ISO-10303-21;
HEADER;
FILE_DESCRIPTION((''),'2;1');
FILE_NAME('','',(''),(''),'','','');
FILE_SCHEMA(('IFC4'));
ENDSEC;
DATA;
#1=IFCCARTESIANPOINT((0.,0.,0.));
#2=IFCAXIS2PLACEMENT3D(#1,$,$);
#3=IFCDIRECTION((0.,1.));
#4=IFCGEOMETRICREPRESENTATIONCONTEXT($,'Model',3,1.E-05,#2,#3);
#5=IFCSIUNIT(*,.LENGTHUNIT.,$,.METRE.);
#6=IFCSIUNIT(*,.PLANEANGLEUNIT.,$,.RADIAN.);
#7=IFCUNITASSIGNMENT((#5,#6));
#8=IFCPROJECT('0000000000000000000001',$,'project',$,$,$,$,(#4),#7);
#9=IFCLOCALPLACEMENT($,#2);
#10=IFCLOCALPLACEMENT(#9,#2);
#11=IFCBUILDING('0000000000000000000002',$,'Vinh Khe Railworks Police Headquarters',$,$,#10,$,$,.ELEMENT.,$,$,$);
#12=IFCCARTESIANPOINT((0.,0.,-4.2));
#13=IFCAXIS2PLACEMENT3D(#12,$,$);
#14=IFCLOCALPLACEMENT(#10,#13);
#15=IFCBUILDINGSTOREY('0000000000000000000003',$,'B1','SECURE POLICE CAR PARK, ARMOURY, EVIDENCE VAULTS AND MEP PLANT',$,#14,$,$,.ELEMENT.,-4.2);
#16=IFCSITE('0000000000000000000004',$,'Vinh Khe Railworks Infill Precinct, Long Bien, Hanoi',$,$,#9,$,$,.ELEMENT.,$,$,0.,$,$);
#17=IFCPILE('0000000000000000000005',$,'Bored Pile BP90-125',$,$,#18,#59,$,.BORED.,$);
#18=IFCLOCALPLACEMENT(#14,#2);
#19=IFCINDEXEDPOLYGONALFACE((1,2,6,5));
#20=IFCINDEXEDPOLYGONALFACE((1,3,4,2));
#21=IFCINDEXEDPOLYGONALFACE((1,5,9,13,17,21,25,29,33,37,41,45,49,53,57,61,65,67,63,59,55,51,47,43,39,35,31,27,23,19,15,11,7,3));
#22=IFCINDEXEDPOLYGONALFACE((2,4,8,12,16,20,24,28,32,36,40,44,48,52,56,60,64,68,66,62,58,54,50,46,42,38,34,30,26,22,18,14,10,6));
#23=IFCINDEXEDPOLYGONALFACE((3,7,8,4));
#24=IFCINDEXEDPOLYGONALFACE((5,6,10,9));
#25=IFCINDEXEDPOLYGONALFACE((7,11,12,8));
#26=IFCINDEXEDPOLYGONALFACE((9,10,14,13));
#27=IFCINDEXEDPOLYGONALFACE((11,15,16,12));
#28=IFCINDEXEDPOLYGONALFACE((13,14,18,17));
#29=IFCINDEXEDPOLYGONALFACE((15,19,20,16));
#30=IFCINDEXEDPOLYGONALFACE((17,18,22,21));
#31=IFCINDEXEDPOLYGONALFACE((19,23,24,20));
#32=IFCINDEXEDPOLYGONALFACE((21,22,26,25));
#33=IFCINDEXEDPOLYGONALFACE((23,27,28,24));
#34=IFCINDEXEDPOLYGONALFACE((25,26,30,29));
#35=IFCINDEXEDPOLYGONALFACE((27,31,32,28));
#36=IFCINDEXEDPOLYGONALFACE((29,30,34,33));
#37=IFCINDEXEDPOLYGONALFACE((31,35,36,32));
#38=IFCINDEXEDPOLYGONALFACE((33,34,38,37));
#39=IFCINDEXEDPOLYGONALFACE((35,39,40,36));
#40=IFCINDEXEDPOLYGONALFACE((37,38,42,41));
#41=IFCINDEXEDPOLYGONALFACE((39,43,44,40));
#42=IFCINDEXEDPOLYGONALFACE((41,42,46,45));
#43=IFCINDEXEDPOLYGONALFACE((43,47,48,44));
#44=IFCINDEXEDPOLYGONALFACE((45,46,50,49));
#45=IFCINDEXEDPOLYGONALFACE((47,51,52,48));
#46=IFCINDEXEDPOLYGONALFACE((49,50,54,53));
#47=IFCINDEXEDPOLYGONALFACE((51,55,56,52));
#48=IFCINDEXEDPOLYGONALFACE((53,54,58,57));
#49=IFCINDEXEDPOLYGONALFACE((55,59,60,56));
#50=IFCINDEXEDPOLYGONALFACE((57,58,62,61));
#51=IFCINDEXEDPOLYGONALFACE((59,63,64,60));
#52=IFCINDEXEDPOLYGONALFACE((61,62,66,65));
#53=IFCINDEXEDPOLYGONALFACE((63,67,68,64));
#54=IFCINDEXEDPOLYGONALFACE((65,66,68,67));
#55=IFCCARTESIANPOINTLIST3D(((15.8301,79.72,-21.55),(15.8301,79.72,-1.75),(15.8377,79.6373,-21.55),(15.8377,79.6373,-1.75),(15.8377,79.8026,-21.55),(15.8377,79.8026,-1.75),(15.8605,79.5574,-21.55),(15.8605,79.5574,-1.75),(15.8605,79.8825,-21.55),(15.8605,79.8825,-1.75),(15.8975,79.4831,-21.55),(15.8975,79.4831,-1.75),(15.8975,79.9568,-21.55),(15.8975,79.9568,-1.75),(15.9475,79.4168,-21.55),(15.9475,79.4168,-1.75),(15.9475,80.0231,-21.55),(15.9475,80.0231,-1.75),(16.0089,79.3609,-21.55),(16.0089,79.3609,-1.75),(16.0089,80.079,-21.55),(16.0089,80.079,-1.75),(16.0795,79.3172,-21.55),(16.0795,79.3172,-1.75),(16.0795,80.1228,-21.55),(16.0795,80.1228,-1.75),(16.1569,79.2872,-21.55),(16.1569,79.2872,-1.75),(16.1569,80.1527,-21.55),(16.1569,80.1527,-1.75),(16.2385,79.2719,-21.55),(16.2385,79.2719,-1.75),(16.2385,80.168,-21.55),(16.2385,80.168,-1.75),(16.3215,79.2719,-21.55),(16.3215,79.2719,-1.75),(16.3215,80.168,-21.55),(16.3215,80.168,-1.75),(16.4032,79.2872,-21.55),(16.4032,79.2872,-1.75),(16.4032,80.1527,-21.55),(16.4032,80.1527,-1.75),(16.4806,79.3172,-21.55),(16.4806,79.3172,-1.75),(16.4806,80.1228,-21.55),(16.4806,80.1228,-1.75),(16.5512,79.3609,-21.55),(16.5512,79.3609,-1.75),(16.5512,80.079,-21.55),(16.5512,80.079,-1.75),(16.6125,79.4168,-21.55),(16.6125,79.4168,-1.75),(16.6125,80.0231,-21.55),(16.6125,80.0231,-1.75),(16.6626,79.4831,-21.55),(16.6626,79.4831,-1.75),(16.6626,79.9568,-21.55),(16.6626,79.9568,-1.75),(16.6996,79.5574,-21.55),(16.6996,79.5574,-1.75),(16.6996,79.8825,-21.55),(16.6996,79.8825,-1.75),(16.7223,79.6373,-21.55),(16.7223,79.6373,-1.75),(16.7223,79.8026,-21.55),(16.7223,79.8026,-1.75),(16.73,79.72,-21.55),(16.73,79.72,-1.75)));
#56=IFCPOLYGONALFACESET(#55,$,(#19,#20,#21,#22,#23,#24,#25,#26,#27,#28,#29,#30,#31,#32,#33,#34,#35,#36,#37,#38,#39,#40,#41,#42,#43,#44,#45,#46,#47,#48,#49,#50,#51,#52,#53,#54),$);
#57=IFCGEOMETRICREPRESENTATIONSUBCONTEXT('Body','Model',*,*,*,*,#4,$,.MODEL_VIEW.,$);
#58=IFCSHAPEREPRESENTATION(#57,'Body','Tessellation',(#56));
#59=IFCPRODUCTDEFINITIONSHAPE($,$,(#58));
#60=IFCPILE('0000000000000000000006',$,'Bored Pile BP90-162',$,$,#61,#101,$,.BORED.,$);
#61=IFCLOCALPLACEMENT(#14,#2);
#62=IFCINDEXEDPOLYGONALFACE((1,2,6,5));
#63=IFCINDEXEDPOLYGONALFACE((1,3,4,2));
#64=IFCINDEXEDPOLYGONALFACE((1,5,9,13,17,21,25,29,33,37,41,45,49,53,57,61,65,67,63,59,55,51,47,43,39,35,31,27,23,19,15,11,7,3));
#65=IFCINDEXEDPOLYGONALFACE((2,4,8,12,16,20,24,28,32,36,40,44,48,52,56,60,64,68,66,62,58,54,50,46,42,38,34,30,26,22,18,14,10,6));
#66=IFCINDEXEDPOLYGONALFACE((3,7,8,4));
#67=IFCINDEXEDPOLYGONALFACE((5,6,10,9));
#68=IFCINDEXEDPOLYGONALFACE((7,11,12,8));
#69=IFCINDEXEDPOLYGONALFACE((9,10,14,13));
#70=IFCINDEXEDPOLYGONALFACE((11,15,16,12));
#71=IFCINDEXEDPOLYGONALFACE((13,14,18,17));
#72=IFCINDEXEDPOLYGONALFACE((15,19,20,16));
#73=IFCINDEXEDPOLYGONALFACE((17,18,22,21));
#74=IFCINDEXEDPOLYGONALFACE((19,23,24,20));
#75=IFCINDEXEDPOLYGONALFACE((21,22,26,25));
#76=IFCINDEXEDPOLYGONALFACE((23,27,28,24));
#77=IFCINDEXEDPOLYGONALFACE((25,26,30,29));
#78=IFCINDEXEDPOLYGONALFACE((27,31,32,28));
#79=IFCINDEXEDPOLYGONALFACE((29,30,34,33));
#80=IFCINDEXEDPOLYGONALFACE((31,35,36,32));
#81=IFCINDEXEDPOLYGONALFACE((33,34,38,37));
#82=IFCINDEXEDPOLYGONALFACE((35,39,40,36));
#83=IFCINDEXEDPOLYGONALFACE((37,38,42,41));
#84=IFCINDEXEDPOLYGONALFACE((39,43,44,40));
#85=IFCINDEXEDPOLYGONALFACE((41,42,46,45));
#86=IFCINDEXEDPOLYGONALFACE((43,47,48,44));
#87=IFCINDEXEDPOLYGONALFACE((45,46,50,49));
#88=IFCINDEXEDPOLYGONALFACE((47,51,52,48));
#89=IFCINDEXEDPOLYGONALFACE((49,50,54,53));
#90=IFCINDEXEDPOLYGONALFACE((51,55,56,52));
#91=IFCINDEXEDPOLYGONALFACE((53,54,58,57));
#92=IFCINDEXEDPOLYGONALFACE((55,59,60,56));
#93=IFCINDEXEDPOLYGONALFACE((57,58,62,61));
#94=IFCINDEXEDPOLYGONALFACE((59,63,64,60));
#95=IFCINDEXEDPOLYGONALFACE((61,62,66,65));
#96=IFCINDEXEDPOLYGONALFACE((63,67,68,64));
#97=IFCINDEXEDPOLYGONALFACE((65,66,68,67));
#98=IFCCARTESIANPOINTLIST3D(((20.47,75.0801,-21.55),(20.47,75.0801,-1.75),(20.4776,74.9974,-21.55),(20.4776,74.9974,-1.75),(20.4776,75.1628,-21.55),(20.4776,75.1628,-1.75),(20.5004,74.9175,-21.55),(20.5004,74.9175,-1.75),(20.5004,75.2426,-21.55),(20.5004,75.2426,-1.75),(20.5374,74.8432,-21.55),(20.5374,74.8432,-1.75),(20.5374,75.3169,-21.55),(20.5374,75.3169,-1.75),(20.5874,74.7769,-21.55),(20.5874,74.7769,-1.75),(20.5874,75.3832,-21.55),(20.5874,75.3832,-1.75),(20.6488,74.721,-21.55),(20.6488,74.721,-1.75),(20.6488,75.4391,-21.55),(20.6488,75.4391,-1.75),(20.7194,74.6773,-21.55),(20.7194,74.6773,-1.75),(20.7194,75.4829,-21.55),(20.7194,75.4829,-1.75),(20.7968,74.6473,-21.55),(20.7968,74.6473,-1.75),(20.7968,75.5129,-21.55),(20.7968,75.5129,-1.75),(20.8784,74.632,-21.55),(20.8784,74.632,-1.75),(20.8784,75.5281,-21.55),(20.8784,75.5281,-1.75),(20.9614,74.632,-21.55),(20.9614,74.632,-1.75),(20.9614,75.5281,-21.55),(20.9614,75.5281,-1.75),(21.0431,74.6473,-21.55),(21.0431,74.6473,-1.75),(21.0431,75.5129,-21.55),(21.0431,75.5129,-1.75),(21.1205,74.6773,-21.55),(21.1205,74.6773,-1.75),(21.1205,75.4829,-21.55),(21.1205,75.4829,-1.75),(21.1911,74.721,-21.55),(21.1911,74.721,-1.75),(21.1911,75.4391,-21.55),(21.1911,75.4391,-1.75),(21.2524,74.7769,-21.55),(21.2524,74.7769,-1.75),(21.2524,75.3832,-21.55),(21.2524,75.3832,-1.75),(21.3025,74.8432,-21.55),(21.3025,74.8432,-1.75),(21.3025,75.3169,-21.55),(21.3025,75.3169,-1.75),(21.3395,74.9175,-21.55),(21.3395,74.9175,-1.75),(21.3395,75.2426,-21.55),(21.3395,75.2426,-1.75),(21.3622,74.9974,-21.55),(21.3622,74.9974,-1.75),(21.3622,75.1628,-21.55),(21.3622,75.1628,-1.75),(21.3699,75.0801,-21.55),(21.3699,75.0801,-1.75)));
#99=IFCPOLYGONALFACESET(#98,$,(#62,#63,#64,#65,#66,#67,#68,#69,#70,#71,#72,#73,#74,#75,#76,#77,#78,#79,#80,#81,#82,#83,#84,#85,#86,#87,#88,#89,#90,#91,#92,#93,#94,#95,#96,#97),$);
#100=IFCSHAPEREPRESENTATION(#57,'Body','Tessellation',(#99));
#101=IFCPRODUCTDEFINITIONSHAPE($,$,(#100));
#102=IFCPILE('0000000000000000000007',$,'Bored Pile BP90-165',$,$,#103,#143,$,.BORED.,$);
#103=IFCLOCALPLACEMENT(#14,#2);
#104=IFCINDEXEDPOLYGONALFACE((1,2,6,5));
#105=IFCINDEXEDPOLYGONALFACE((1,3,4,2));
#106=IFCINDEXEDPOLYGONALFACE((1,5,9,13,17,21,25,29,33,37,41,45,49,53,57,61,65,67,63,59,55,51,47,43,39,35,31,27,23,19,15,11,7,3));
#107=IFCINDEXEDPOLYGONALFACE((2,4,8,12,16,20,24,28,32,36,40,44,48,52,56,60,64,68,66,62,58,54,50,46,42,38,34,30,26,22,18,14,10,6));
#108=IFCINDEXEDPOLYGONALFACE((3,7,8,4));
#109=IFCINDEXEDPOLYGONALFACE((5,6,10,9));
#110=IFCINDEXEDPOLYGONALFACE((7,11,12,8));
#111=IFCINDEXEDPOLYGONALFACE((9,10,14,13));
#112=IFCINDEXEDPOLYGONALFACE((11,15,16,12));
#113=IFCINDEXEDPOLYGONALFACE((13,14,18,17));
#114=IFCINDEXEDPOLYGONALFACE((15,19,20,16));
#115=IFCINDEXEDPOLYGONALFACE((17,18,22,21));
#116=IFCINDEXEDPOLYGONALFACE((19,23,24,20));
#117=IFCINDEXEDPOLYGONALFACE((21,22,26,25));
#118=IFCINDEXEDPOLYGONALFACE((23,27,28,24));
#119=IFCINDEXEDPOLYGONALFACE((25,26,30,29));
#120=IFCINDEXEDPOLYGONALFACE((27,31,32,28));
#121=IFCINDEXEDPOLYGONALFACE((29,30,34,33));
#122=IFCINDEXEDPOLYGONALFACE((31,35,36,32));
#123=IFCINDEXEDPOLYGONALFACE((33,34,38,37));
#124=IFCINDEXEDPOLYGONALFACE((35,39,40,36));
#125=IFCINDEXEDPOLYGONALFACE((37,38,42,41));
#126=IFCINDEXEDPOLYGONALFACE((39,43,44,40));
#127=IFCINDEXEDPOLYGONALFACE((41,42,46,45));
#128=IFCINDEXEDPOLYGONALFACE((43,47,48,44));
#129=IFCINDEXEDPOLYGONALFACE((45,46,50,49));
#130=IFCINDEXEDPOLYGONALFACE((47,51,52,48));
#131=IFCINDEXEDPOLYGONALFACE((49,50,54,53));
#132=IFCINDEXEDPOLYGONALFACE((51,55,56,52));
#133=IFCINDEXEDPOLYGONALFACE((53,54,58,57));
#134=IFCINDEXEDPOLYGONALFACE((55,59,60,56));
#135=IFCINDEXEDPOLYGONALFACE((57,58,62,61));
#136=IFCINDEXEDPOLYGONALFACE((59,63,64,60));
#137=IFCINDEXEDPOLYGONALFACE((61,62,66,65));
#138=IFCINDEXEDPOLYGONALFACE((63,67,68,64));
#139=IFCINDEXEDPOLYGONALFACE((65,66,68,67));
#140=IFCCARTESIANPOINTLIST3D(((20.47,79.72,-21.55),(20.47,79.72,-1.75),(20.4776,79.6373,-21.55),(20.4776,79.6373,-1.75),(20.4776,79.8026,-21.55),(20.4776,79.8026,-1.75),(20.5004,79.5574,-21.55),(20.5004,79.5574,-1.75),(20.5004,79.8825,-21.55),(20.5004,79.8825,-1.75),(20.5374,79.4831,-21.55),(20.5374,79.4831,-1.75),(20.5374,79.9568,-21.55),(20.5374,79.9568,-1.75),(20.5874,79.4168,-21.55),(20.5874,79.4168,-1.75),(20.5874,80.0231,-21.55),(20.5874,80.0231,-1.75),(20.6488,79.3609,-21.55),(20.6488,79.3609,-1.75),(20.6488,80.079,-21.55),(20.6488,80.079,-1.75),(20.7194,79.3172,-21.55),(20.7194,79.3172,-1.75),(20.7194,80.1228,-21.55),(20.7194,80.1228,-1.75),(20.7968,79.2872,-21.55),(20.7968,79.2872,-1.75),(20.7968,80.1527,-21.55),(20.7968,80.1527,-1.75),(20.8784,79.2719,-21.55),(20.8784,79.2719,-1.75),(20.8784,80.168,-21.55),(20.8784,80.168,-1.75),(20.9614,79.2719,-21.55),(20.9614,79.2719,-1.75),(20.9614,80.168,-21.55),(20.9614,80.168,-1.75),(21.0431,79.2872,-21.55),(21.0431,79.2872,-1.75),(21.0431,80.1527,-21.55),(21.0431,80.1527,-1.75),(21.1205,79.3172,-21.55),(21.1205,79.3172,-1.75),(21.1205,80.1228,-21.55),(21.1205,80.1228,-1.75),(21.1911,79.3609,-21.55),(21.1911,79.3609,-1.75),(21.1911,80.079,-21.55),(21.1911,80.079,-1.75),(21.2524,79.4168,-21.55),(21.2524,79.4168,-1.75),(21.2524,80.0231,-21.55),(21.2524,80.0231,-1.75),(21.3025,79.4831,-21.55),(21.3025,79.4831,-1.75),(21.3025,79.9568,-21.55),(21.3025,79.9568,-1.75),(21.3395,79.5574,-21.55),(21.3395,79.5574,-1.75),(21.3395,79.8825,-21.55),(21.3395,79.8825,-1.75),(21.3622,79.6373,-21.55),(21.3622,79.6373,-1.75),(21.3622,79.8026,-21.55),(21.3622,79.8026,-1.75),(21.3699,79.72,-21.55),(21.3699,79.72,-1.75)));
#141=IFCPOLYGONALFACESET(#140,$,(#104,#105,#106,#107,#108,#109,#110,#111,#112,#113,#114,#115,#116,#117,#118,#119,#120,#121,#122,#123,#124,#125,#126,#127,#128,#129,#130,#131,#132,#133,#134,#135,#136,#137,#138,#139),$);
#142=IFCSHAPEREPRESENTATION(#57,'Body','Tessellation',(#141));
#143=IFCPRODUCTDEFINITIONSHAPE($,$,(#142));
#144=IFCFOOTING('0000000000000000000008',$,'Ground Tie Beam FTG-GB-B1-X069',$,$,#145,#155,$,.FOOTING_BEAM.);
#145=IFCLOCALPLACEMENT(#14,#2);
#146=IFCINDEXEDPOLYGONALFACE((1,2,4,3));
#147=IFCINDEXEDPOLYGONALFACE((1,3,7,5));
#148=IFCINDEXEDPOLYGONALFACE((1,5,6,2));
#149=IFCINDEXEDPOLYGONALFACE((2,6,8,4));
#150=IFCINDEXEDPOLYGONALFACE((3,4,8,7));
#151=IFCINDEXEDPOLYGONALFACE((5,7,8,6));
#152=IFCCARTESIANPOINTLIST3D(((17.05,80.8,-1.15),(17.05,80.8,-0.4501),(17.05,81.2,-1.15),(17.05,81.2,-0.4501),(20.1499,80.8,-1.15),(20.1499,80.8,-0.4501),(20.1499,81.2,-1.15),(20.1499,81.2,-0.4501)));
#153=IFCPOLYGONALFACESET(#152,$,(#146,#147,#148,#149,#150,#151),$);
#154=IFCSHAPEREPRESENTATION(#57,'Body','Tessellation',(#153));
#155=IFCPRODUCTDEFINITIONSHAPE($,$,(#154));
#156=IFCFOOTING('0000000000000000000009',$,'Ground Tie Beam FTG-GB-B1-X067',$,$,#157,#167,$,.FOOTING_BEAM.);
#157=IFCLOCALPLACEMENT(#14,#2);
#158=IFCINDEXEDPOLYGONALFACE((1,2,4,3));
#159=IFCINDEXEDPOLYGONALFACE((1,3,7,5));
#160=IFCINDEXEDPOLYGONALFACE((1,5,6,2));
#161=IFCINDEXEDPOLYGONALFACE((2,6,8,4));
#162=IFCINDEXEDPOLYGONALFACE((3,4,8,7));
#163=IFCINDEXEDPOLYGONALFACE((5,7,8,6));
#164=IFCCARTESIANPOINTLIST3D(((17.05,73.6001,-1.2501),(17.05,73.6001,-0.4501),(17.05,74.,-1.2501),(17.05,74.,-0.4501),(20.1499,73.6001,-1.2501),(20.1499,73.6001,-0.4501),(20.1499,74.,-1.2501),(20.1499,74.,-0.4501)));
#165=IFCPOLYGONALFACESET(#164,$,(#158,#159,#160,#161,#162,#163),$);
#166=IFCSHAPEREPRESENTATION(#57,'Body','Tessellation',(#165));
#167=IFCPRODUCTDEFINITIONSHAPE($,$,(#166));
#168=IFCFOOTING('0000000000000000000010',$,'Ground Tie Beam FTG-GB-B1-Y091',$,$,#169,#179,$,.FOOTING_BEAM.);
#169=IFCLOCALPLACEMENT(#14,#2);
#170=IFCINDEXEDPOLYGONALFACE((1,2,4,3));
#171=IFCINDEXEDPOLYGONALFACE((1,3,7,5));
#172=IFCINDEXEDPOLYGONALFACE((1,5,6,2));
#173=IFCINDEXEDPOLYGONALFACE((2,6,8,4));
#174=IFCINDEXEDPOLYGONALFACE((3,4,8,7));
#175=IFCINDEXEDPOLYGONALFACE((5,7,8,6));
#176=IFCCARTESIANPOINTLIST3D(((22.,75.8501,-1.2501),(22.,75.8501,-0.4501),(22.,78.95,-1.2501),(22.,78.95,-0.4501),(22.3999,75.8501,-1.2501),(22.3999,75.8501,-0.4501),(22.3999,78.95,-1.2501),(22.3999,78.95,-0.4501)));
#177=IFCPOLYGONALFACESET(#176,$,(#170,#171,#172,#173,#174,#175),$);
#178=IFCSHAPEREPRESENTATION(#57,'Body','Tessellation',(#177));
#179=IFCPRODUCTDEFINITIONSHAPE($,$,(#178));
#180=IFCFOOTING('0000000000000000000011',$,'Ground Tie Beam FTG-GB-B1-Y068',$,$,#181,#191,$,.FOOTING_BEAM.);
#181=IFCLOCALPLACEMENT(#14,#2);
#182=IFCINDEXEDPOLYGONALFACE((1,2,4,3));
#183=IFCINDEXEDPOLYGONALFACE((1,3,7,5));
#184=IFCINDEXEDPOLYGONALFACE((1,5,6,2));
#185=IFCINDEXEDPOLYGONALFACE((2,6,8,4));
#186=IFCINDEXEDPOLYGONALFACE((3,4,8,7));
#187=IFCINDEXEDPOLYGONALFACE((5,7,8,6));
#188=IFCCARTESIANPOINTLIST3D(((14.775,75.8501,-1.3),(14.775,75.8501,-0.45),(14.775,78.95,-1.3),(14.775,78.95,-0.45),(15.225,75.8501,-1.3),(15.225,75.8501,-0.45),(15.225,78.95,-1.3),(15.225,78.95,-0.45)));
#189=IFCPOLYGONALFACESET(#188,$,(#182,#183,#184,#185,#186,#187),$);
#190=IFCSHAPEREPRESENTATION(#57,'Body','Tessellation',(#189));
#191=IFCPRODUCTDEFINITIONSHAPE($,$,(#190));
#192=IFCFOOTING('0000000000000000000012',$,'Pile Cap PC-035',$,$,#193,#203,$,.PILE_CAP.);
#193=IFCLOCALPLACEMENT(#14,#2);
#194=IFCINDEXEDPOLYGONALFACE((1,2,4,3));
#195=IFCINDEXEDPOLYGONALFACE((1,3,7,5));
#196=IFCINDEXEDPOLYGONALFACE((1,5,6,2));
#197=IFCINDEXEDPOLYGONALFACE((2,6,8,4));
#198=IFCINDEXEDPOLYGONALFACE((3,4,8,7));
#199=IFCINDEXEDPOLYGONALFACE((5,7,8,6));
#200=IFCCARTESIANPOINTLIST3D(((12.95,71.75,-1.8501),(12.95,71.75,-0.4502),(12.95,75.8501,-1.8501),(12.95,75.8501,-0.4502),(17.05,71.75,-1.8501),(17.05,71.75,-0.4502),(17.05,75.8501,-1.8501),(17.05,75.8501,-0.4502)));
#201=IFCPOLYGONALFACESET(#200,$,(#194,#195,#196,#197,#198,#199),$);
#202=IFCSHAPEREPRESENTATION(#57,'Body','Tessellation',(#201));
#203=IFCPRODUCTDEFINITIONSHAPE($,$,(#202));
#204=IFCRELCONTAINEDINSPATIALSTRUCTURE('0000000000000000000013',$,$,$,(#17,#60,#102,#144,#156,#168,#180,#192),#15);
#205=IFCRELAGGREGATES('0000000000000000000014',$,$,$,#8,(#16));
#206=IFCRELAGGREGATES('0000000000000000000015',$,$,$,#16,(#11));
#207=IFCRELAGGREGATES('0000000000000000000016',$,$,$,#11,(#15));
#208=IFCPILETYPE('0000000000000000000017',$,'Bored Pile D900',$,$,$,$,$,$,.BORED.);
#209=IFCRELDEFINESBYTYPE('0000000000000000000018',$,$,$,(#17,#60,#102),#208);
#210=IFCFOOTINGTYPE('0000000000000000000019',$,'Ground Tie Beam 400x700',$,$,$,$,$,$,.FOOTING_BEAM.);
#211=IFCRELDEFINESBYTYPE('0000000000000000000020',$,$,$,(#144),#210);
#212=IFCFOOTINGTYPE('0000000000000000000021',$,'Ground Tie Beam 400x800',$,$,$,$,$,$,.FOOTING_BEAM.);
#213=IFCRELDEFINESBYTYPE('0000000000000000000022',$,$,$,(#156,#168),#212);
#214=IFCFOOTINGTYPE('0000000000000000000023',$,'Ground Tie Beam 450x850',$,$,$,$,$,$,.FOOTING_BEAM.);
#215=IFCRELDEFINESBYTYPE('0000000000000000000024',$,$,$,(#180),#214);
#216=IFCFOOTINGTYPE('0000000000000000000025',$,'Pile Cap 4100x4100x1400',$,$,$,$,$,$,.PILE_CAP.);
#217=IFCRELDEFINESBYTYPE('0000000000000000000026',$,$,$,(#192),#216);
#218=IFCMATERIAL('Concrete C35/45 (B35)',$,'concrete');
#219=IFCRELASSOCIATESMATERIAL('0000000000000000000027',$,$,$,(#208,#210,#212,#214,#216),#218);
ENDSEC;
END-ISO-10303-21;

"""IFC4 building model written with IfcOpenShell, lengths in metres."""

from ifc_helpers import new_model, si_unit, direction, frame, origin, origin_2d, place, context, subcontext, project, spatial, rectangle, circle, extrude, material, material_profile, profile_set, type_object, element, save


model = new_model("IFC4")

# Units and contexts
model_context = context("Model", 3, precision=1e-05, world=origin(), true_north=direction((0.0, 1.0)))
body_context = subcontext(model_context, "Body", "Model", "MODEL_VIEW")
ifc_project = project(units=[si_unit("LENGTHUNIT", "METRE"), si_unit("PLANEANGLEUNIT", "RADIAN")], contexts=[model_context])

# Site, building, storey
site_placement = place(None, origin())
site = spatial("IfcSite", under=ifc_project, at=site_placement, Name="Vinh Khe Railworks Infill Precinct, Long Bien, Hanoi", CompositionType="ELEMENT", RefElevation=0.0)
building_placement = place(site_placement, origin())
building = spatial("IfcBuilding", under=site, at=building_placement, Name="Vinh Khe Railworks Police Headquarters", CompositionType="ELEMENT")
storey_placement = place(building_placement, frame((0.0, 0.0, -4.2)))
storey = spatial("IfcBuildingStorey", under=building, at=storey_placement, Name="B1", Description="SECURE POLICE CAR PARK, ARMOURY, EVIDENCE VAULTS AND MEP PLANT", CompositionType="ELEMENT", Elevation=-4.2)

# Piles
ifc_material_1 = material(Name="Concrete C35/45 (B35)", Category="concrete")
ifc_material_profile_1 = material_profile(ifc_material_1, circle(Radius=0.45, at=origin_2d()), Name="BORED PILE D900")
ifc_profile_set_1 = profile_set([ifc_material_profile_1], Name="Concrete C35/45 (B35)")
pile_type = type_object("IfcPileType", Name="Bored Pile D900", PredefinedType="BORED", material=ifc_profile_set_1)
for number, where, z_axis, x_axis, name in (
    (1, (16.28, 79.72, -1.75), (0.0, 0.0, -1.0), (1.0, 0.0, 0.0), "Bored Pile BP90-125"),
    (2, (20.9199, 75.0801, -1.75), (0.0, 0.0, -1.0), (1.0, 0.0, 0.0), "Bored Pile BP90-162"),
    (3, (20.9199, 79.72, -1.75), (0.0, 0.0, -1.0), (1.0, 0.0, 0.0), "Bored Pile BP90-165"),
):
    element("IfcPile", number, at=place(storey_placement, frame(where, z_axis=z_axis, x_axis=x_axis)), inside=storey, type_object=pile_type, Name=name, PredefinedType="BORED", context=body_context, shape_type="SweptSolid", body=[
        extrude(circle(Radius=0.45, at=origin_2d()), origin(), (0.0, 0.0, 1.0), 19.8),
    ])

# Footings
ifc_material_profile_2 = material_profile(ifc_material_1, rectangle(XDim=0.3999, YDim=0.7, at=origin_2d()), Name="RC 400x700")
ifc_profile_set_2 = profile_set([ifc_material_profile_2], Name="Concrete C35/45 (B35)")
footing_type_1 = type_object("IfcFootingType", Name="Ground Tie Beam 400x700", PredefinedType="FOOTING_BEAM", material=ifc_profile_set_2)
footing_1_placement = place(storey_placement, frame((17.05, 81.0, -0.8), z_axis=(1.0, 0.0, 0.0), x_axis=(0.0, 1.0, 0.0)))
element("IfcFooting", 4, at=footing_1_placement, inside=storey, type_object=footing_type_1, Name="Ground Tie Beam FTG-GB-B1-X069", PredefinedType="FOOTING_BEAM", context=body_context, shape_type="SweptSolid", body=[
    extrude(rectangle(XDim=0.3999, YDim=0.7, at=origin_2d()), origin(), (0.0, 0.0, 1.0), 3.0999),
])
ifc_material_profile_3 = material_profile(ifc_material_1, rectangle(XDim=0.3999, YDim=0.8, at=origin_2d()), Name="RC 400x800")
ifc_profile_set_3 = profile_set([ifc_material_profile_3], Name="Concrete C35/45 (B35)")
footing_type_2 = type_object("IfcFootingType", Name="Ground Tie Beam 400x800", PredefinedType="FOOTING_BEAM", material=ifc_profile_set_3)
for number, where, z_axis, x_axis, name in (
    (5, (17.05, 73.8, -0.8501), (1.0, 0.0, 0.0), (0.0, 1.0, 0.0), "Ground Tie Beam FTG-GB-B1-X067"),
    (6, (22.2, 75.8501, -0.8501), (0.0, 1.0, 0.0), (-1.0, 0.0, 0.0), "Ground Tie Beam FTG-GB-B1-Y091"),
):
    element("IfcFooting", number, at=place(storey_placement, frame(where, z_axis=z_axis, x_axis=x_axis)), inside=storey, type_object=footing_type_2, Name=name, PredefinedType="FOOTING_BEAM", context=body_context, shape_type="SweptSolid", body=[
        extrude(rectangle(XDim=0.3999, YDim=0.8, at=origin_2d()), origin(), (0.0, 0.0, 1.0), 3.0999),
    ])
ifc_material_profile_4 = material_profile(ifc_material_1, rectangle(XDim=0.45, YDim=0.8501, at=origin_2d()), Name="RC 450x850")
ifc_profile_set_4 = profile_set([ifc_material_profile_4], Name="Concrete C35/45 (B35)")
footing_type_3 = type_object("IfcFootingType", Name="Ground Tie Beam 450x850", PredefinedType="FOOTING_BEAM", material=ifc_profile_set_4)
footing_2_placement = place(storey_placement, frame((15.0, 75.8501, -0.875), z_axis=(0.0, 1.0, 0.0), x_axis=(-1.0, 0.0, 0.0)))
element("IfcFooting", 7, at=footing_2_placement, inside=storey, type_object=footing_type_3, Name="Ground Tie Beam FTG-GB-B1-Y068", PredefinedType="FOOTING_BEAM", context=body_context, shape_type="SweptSolid", body=[
    extrude(rectangle(XDim=0.45, YDim=0.8501, at=origin_2d()), origin(), (0.0, 0.0, 1.0), 3.0999),
])
footing_type_4 = type_object("IfcFootingType", Name="Pile Cap 4100x4100x1400", PredefinedType="PILE_CAP", material=ifc_material_1)
for number, where, z_axis, x_axis, name in (
    (8, (15.0, 73.8, -1.8501), (0.0, 0.0, 1.0), (1.0, 0.0, 0.0), "Pile Cap PC-035"),
):
    element("IfcFooting", number, at=place(storey_placement, frame(where, z_axis=z_axis, x_axis=x_axis)), inside=storey, type_object=footing_type_4, Name=name, PredefinedType="PILE_CAP", context=body_context, shape_type="SweptSolid", body=[
        extrude(rectangle(XDim=4.1001, YDim=4.1001, at=origin_2d()), origin(), (0.0, 0.0, 1.0), 1.3999),
    ])

save(model, "model.ifc")
